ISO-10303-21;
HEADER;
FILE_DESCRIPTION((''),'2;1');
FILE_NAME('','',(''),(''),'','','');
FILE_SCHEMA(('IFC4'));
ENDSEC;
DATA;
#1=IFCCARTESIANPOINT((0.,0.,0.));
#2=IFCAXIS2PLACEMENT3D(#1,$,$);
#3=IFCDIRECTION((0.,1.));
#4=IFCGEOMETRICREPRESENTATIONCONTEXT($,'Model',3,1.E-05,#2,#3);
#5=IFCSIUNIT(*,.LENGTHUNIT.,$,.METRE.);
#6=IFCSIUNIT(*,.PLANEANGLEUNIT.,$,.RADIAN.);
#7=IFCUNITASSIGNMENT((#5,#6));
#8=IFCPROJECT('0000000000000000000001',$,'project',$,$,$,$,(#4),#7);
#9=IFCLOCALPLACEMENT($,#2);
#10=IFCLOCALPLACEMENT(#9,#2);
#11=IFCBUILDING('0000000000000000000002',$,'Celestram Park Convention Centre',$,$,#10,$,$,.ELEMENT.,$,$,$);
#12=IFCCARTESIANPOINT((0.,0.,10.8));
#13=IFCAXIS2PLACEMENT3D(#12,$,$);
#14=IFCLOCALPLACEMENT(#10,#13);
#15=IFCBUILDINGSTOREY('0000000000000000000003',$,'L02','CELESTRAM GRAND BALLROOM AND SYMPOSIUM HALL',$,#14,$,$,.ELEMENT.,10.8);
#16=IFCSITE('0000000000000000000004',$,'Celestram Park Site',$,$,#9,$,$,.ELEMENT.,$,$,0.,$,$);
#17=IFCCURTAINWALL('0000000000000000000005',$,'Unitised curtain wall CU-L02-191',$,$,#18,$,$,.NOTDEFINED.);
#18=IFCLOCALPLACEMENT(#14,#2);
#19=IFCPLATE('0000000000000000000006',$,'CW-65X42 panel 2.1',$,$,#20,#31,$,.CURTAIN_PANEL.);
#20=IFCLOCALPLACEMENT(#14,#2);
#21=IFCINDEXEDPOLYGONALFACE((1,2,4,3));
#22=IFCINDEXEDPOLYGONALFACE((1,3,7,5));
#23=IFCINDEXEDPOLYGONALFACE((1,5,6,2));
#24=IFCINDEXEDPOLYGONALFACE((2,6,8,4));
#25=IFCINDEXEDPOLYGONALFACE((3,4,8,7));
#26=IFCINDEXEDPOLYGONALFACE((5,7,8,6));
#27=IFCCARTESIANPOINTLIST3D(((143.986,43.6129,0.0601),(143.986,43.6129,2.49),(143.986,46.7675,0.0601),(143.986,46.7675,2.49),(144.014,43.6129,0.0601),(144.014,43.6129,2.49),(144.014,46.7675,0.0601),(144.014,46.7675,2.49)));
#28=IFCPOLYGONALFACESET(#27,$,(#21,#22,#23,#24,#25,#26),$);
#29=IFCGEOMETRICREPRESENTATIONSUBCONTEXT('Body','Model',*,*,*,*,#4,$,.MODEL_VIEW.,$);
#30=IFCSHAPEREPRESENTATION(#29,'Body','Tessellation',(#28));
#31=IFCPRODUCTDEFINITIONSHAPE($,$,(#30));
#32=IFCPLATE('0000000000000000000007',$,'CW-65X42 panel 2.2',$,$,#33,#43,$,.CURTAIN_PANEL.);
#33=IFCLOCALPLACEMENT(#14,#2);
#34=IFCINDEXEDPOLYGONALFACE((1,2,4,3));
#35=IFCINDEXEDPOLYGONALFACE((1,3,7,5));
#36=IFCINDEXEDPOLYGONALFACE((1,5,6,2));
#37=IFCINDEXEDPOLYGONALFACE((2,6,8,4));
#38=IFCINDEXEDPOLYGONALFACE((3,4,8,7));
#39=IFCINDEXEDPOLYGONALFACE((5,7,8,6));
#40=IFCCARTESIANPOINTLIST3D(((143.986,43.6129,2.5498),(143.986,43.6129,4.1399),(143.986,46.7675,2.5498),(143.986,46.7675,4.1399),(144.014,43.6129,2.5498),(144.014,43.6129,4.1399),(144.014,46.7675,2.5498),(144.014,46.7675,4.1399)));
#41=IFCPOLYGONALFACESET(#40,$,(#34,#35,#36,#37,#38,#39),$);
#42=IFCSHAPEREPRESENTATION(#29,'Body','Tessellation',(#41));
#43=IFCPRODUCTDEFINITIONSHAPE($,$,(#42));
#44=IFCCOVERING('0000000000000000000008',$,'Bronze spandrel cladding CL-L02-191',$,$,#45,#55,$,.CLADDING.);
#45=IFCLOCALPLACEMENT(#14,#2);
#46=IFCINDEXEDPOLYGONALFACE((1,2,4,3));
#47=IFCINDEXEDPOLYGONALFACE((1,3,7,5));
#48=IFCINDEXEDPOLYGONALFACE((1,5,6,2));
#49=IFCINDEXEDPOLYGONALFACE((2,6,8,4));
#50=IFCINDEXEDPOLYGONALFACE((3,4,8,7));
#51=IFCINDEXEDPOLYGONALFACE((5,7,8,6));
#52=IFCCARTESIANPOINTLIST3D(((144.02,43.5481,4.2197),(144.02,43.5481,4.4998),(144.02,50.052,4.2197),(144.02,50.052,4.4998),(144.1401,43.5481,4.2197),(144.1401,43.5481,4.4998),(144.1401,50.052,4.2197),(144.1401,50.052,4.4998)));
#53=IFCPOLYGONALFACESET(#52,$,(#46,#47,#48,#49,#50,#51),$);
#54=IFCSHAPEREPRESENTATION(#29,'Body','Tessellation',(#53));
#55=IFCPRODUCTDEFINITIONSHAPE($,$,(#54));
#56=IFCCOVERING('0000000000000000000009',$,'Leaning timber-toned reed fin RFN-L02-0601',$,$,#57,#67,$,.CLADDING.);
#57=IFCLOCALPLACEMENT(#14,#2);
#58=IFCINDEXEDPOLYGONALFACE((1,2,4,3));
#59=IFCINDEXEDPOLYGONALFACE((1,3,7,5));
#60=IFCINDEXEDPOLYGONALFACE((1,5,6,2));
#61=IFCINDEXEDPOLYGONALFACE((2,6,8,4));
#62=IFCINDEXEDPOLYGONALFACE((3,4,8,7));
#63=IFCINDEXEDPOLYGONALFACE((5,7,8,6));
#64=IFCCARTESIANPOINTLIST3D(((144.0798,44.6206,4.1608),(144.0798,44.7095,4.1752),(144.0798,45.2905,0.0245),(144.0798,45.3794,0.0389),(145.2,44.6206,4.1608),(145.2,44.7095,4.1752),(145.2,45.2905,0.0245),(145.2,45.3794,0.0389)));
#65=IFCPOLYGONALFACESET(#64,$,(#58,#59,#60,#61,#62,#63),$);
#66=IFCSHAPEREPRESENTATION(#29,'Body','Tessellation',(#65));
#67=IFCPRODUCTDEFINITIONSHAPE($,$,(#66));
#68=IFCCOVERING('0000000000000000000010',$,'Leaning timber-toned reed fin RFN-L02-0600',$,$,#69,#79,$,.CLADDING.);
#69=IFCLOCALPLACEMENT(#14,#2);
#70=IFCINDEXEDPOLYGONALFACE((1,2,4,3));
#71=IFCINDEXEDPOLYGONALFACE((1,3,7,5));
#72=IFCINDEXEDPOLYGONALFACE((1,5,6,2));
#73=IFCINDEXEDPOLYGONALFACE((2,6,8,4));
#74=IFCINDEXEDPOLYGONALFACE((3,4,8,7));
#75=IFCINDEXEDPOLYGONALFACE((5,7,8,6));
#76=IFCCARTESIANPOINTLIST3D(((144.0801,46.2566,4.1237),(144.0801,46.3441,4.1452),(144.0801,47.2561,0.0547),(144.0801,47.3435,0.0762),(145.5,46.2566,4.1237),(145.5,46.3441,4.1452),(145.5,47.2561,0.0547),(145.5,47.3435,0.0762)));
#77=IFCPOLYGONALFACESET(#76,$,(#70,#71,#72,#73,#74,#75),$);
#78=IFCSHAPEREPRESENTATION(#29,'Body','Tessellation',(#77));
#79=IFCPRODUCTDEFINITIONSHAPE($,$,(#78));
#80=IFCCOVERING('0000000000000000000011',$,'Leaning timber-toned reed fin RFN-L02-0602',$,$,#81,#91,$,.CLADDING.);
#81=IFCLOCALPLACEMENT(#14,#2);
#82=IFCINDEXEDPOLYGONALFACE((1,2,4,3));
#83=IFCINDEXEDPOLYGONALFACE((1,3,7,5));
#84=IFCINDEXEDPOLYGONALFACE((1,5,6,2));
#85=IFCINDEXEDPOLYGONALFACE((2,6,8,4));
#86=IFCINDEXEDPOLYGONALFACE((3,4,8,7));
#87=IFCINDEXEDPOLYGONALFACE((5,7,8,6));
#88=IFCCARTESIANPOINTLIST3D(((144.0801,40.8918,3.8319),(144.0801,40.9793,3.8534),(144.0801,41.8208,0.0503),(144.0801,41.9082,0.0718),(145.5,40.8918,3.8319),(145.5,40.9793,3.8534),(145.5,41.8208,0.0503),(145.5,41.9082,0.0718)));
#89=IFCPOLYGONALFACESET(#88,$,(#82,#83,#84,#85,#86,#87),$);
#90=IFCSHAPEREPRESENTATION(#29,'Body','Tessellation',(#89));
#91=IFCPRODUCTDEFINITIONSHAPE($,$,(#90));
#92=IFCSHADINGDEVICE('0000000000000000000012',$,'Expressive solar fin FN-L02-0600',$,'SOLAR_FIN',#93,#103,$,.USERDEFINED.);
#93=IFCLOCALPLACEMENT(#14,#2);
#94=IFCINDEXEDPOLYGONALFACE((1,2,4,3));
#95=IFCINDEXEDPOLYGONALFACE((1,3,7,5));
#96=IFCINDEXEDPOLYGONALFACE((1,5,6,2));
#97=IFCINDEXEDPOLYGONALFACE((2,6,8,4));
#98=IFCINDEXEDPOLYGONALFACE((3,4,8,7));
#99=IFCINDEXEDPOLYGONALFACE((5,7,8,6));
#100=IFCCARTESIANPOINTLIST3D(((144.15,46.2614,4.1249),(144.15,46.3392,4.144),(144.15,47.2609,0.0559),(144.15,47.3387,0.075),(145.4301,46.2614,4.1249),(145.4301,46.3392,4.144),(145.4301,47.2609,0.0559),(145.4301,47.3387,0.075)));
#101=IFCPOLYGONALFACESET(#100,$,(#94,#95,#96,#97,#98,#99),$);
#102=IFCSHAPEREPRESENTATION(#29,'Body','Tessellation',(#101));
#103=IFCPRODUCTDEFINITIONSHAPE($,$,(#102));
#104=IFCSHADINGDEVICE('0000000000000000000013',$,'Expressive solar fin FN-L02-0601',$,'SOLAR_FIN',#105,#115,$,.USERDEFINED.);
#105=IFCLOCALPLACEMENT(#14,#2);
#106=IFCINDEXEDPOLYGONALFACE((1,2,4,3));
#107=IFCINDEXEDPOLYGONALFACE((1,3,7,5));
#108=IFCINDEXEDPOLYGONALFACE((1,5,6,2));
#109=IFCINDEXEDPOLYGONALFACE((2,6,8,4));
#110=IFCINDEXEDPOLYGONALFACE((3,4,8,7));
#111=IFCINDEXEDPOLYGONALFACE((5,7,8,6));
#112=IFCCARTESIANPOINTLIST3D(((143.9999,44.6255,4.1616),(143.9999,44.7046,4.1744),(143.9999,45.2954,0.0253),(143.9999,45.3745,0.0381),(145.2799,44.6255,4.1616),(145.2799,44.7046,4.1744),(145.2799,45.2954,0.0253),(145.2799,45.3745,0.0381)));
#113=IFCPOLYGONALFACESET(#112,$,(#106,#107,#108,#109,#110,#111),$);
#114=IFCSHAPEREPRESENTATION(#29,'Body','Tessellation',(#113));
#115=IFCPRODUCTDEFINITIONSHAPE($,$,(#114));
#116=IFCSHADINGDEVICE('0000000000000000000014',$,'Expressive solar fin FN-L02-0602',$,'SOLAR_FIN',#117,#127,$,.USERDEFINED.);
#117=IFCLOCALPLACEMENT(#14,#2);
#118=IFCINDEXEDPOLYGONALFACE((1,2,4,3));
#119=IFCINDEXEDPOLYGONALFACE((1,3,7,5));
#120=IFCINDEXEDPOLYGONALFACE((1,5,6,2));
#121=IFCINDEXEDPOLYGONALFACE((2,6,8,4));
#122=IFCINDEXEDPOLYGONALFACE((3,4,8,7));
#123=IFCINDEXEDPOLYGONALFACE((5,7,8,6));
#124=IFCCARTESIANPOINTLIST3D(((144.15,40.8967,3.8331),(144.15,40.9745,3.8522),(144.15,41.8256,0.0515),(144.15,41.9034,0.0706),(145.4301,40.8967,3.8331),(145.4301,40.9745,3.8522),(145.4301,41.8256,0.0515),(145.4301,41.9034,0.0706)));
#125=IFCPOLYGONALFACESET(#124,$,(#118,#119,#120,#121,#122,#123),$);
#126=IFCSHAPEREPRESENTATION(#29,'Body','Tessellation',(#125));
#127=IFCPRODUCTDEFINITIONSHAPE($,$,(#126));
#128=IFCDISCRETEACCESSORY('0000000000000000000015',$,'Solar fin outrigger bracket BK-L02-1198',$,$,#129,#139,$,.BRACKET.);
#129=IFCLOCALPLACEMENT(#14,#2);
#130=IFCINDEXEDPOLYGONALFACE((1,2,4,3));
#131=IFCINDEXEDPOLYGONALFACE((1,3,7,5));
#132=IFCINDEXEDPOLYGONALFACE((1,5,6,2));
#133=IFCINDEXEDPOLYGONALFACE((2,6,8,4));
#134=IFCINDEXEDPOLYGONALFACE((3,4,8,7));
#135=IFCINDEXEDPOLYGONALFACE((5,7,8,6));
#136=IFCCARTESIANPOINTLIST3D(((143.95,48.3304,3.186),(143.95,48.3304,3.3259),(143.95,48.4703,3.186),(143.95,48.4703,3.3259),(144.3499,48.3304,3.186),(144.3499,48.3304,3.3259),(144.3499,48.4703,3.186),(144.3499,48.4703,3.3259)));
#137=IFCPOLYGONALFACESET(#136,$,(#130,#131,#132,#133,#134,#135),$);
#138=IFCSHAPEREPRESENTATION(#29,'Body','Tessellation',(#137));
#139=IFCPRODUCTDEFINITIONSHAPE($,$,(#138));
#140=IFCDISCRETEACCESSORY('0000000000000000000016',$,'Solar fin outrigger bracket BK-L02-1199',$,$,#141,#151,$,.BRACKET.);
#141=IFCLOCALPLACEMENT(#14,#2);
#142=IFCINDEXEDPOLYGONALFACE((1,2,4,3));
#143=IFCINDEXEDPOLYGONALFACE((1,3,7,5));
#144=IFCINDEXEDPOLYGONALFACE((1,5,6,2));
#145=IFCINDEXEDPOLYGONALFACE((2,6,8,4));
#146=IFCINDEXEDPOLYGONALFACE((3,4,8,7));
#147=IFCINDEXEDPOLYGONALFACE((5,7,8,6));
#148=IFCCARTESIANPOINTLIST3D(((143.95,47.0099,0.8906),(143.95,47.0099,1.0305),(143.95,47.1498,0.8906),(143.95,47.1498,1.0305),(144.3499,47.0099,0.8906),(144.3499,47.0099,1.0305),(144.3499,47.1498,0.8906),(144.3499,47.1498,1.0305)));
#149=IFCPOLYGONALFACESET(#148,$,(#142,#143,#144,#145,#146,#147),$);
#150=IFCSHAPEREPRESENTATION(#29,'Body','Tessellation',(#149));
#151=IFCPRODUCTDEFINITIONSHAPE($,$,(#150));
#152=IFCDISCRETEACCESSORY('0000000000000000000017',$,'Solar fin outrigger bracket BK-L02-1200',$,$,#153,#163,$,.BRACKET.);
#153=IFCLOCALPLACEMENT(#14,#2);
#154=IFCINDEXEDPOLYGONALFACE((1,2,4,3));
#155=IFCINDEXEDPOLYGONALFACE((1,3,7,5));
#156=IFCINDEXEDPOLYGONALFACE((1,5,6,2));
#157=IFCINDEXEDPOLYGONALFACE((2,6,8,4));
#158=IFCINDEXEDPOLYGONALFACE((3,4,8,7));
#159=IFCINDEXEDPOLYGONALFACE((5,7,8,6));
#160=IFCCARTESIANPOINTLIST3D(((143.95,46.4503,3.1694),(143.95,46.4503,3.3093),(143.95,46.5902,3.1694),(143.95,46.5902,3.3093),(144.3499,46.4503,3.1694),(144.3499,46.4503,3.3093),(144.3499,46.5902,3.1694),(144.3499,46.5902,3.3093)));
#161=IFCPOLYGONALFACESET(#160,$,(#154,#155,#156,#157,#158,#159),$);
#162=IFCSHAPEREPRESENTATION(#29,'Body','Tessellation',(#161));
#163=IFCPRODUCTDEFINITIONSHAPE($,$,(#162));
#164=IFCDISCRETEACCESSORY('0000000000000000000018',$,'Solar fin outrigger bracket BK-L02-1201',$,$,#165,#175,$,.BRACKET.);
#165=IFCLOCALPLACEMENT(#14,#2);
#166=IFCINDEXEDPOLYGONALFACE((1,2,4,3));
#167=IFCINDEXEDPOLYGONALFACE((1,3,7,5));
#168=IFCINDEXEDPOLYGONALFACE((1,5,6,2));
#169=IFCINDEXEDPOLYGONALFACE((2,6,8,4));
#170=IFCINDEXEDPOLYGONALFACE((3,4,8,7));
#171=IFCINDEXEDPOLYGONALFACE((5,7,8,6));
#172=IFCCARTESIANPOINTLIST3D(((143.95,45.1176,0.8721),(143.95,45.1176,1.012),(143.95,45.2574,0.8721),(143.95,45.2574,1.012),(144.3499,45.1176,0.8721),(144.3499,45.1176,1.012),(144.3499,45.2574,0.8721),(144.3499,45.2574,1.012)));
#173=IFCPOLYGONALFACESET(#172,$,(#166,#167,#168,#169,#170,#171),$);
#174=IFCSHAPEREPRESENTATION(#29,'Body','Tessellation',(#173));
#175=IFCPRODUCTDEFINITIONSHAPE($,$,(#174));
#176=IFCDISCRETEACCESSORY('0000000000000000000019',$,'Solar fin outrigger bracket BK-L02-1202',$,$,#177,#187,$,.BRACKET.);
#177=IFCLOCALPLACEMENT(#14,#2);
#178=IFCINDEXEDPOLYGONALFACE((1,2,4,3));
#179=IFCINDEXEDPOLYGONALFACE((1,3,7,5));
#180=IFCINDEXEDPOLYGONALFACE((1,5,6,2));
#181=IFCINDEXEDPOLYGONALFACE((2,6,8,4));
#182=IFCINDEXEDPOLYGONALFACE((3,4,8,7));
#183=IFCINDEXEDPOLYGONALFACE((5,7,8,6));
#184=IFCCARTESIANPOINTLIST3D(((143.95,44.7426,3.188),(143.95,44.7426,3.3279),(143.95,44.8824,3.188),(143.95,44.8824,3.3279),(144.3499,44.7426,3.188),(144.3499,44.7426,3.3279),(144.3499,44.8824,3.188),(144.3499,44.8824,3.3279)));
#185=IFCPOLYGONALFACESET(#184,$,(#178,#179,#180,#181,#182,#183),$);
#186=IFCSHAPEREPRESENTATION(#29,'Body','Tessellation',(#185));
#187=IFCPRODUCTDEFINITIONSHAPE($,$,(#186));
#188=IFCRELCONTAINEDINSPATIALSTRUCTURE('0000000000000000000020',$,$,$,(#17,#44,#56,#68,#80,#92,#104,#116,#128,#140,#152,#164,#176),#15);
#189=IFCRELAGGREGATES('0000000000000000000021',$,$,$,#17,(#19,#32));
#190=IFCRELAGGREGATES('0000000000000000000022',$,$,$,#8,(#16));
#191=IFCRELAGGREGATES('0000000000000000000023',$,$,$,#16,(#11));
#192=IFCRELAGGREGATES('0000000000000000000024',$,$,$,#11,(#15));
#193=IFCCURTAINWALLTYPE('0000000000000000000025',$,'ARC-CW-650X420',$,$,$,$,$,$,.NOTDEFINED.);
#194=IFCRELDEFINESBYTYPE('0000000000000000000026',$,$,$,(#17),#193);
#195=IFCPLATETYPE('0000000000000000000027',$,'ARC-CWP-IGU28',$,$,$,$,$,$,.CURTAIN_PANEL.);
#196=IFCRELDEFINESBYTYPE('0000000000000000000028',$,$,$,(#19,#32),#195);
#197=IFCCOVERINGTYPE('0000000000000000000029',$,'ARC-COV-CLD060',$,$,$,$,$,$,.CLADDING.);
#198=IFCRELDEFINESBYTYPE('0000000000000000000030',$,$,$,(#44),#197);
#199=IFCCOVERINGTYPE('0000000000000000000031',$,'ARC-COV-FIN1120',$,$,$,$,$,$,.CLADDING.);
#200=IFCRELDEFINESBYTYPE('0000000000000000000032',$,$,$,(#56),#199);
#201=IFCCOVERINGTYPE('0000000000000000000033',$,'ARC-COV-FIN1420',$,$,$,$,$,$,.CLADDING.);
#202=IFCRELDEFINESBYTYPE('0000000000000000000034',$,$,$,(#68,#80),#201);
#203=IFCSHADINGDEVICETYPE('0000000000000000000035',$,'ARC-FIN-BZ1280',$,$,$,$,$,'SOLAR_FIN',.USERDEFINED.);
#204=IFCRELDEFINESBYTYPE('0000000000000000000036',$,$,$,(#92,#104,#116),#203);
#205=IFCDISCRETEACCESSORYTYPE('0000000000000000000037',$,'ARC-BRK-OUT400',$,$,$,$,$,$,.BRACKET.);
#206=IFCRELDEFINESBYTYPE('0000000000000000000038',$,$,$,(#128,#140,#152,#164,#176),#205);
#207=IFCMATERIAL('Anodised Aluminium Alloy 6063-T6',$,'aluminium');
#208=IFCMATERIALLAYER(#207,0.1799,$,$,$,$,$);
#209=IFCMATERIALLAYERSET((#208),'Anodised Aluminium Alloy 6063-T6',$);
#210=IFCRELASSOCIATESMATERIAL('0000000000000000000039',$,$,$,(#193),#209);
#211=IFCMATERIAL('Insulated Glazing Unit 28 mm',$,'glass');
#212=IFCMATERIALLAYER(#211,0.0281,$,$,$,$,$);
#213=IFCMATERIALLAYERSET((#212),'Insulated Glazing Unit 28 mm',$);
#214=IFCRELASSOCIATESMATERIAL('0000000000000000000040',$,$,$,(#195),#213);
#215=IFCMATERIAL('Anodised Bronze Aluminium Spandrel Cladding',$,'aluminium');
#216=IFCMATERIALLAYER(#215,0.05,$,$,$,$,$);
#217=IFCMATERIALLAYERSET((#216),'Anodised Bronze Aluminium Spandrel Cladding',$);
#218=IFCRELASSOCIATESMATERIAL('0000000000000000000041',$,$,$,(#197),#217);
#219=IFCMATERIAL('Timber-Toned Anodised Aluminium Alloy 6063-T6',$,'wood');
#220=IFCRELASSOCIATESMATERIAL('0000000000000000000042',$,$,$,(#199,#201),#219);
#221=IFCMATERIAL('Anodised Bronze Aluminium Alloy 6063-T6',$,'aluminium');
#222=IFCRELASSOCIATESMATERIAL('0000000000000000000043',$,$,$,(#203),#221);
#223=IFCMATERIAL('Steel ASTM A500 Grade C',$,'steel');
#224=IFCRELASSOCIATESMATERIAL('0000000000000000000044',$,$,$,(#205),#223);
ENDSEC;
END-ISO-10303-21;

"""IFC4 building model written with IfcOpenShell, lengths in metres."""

from ifc_helpers import new_model, si_unit, direction, frame, origin, origin_2d, place, context, subcontext, project, spatial, rectangle, extrude, material, layer, layer_set, material_profile, profile_set, type_object, element, aggregate, save


model = new_model("IFC4")

# Units and contexts
model_context = context("Model", 3, precision=1e-05, world=origin(), true_north=direction((0.0, 1.0)))
body_context = subcontext(model_context, "Body", "Model", "MODEL_VIEW")
ifc_project = project(units=[si_unit("LENGTHUNIT", "METRE"), si_unit("PLANEANGLEUNIT", "RADIAN")], contexts=[model_context])

# Site, building, storey
site_placement = place(None, origin())
site = spatial("IfcSite", under=ifc_project, at=site_placement, Name="Celestram Park Site", CompositionType="ELEMENT", RefElevation=0.0)
building_placement = place(site_placement, origin())
building = spatial("IfcBuilding", under=site, at=building_placement, Name="Celestram Park Convention Centre", CompositionType="ELEMENT")
storey_placement = place(building_placement, frame((0.0, 0.0, 10.8)))
storey = spatial("IfcBuildingStorey", under=building, at=storey_placement, Name="L02", Description="CELESTRAM GRAND BALLROOM AND SYMPOSIUM HALL", CompositionType="ELEMENT", Elevation=10.8)

# Curtain wall
ifc_material_1 = material(Name="Anodised Aluminium Alloy 6063-T6", Category="aluminium")
ifc_layer_1 = layer(ifc_material_1, 0.1799)
ifc_layer_set_1 = layer_set([ifc_layer_1], Name="Anodised Aluminium Alloy 6063-T6")
curtain_wall_type_1 = type_object("IfcCurtainWallType", Name="ARC-CW-650X420", PredefinedType="NOTDEFINED", material=ifc_layer_set_1)
curtain_wall_1_placement = place(storey_placement, origin())
curtain_wall_1 = element("IfcCurtainWall", 1, at=curtain_wall_1_placement, inside=storey, type_object=curtain_wall_type_1, Name="Unitised curtain wall CU-L02-191", PredefinedType="NOTDEFINED")

# Shared definitions
ifc_material_2 = material(Name="Steel ASTM A500 Grade C", Category="steel")

# Plates
ifc_material_3 = material(Name="Insulated Glazing Unit 28 mm", Category="glass")
ifc_layer_2 = layer(ifc_material_3, 0.0281)
ifc_layer_set_2 = layer_set([ifc_layer_2], Name="Insulated Glazing Unit 28 mm")
plate_type = type_object("IfcPlateType", Name="ARC-CWP-IGU28", PredefinedType="CURTAIN_PANEL", material=ifc_layer_set_2)
plate_1_placement = place(storey_placement, frame((144.0, 45.1902, 0.0601), z_axis=(0.0, 0.0, 1.0), x_axis=(0.0, -1.0, 0.0)))
plate_1 = element("IfcPlate", 2, at=plate_1_placement, type_object=plate_type, Name="CW-65X42 panel 2.1", PredefinedType="CURTAIN_PANEL", context=body_context, shape_type="SweptSolid", body=[
    extrude(rectangle(XDim=3.1545, YDim=0.0281, at=origin_2d()), origin(), (0.0, 0.0, 1.0), 2.4299),
])
plate_2_placement = place(storey_placement, frame((144.0, 45.1902, 2.5498), z_axis=(0.0, 0.0, 1.0), x_axis=(0.0, -1.0, 0.0)))
plate_2 = element("IfcPlate", 3, at=plate_2_placement, type_object=plate_type, Name="CW-65X42 panel 2.2", PredefinedType="CURTAIN_PANEL", context=body_context, shape_type="SweptSolid", body=[
    extrude(rectangle(XDim=3.1545, YDim=0.0281, at=origin_2d()), origin(), (0.0, 0.0, 1.0), 1.5901),
])
aggregate(curtain_wall_1, [plate_1, plate_2])

# Coverings
ifc_material_4 = material(Name="Anodised Bronze Aluminium Spandrel Cladding", Category="aluminium")
ifc_layer_3 = layer(ifc_material_4, 0.05)
ifc_layer_set_3 = layer_set([ifc_layer_3], Name="Anodised Bronze Aluminium Spandrel Cladding")
covering_type_1 = type_object("IfcCoveringType", Name="ARC-COV-CLD060", PredefinedType="CLADDING", material=ifc_layer_set_3)
covering_1_placement = place(storey_placement, frame((144.0801, 46.8, 4.2197), z_axis=(0.0, 0.0, 1.0), x_axis=(0.0, -1.0, 0.0)))
element("IfcCovering", 4, at=covering_1_placement, inside=storey, type_object=covering_type_1, Name="Bronze spandrel cladding CL-L02-191", PredefinedType="CLADDING", context=body_context, shape_type="SweptSolid", body=[
    extrude(rectangle(XDim=6.5039, YDim=0.1201, at=origin_2d()), origin(), (0.0, 0.0, 1.0), 0.28),
])
ifc_material_5 = material(Name="Timber-Toned Anodised Aluminium Alloy 6063-T6", Category="wood")
ifc_material_profile_1 = material_profile(ifc_material_5, rectangle(XDim=1.1201, YDim=0.0901, at=origin_2d()), Name="REED1120X90")
ifc_profile_set_1 = profile_set([ifc_material_profile_1], Name="Timber-Toned Anodised Aluminium Alloy 6063-T6")
covering_type_2 = type_object("IfcCoveringType", Name="ARC-COV-FIN1120", PredefinedType="CLADDING", material=ifc_profile_set_1)
covering_2_placement = place(storey_placement, frame((144.6399, 45.335, 0.0317), z_axis=(0.0, -0.159881, 0.987136), x_axis=(1.0, 0.0, 0.0)))
element("IfcCovering", 5, at=covering_2_placement, inside=storey, type_object=covering_type_2, Name="Leaning timber-toned reed fin RFN-L02-0601", PredefinedType="CLADDING", context=body_context, shape_type="SweptSolid", body=[
    extrude(rectangle(XDim=1.1201, YDim=0.0901, at=origin_2d()), origin(), (0.0, 0.0, 1.0), 4.1902),
])
ifc_material_profile_2 = material_profile(ifc_material_5, rectangle(XDim=1.4199, YDim=0.0901, at=origin_2d()), Name="REED1420X90")
ifc_profile_set_2 = profile_set([ifc_material_profile_2], Name="Timber-Toned Anodised Aluminium Alloy 6063-T6")
covering_type_3 = type_object("IfcCoveringType", Name="ARC-COV-FIN1420", PredefinedType="CLADDING", material=ifc_profile_set_2)
covering_3_placement = place(storey_placement, frame((144.79, 47.2998, 0.0654), z_axis=(0.0, -0.238544, 0.971132), x_axis=(1.0, 0.0, 0.0)))
element("IfcCovering", 6, at=covering_3_placement, inside=storey, type_object=covering_type_3, Name="Leaning timber-toned reed fin RFN-L02-0600", PredefinedType="CLADDING", context=body_context, shape_type="SweptSolid", body=[
    extrude(rectangle(XDim=1.4199, YDim=0.0901, at=origin_2d()), origin(), (0.0, 0.0, 1.0), 4.1899),
])
covering_4_placement = place(storey_placement, frame((144.79, 41.8645, 0.061), z_axis=(0.0, -0.238551, 0.97113), x_axis=(1.0, 0.0, 0.0)))
element("IfcCovering", 7, at=covering_4_placement, inside=storey, type_object=covering_type_3, Name="Leaning timber-toned reed fin RFN-L02-0602", PredefinedType="CLADDING", context=body_context, shape_type="SweptSolid", body=[
    extrude(rectangle(XDim=1.4199, YDim=0.0901, at=origin_2d()), origin(), (0.0, 0.0, 1.0), 3.894),
])

# Shading devices
ifc_material_6 = material(Name="Anodised Bronze Aluminium Alloy 6063-T6", Category="aluminium")
ifc_material_profile_3 = material_profile(ifc_material_6, rectangle(XDim=1.28, YDim=0.0801, at=origin_2d()), Name="FIN1280X80")
ifc_profile_set_3 = profile_set([ifc_material_profile_3], Name="Anodised Bronze Aluminium Alloy 6063-T6")
shading_device_type = type_object("IfcShadingDeviceType", Name="ARC-FIN-BZ1280", ElementType="SOLAR_FIN", PredefinedType="USERDEFINED", material=ifc_profile_set_3)
shading_device_1_placement = place(storey_placement, frame((144.79, 47.2998, 0.0654), z_axis=(0.0, -0.238544, 0.971132), x_axis=(1.0, 0.0, 0.0)))
element("IfcShadingDevice", 8, at=shading_device_1_placement, inside=storey, type_object=shading_device_type, Name="Expressive solar fin FN-L02-0600", ObjectType="SOLAR_FIN", PredefinedType="USERDEFINED", context=body_context, shape_type="SweptSolid", body=[
    extrude(rectangle(XDim=1.28, YDim=0.0801, at=origin_2d()), origin(), (0.0, 0.0, 1.0), 4.1899),
])
shading_device_2_placement = place(storey_placement, frame((144.6399, 45.335, 0.0317), z_axis=(0.0, -0.159881, 0.987136), x_axis=(1.0, 0.0, 0.0)))
element("IfcShadingDevice", 9, at=shading_device_2_placement, inside=storey, type_object=shading_device_type, Name="Expressive solar fin FN-L02-0601", ObjectType="SOLAR_FIN", PredefinedType="USERDEFINED", context=body_context, shape_type="SweptSolid", body=[
    extrude(rectangle(XDim=1.28, YDim=0.0801, at=origin_2d()), origin(), (0.0, 0.0, 1.0), 4.1902),
])
shading_device_3_placement = place(storey_placement, frame((144.79, 41.8645, 0.061), z_axis=(0.0, -0.238551, 0.97113), x_axis=(1.0, 0.0, 0.0)))
element("IfcShadingDevice", 10, at=shading_device_3_placement, inside=storey, type_object=shading_device_type, Name="Expressive solar fin FN-L02-0602", ObjectType="SOLAR_FIN", PredefinedType="USERDEFINED", context=body_context, shape_type="SweptSolid", body=[
    extrude(rectangle(XDim=1.28, YDim=0.0801, at=origin_2d()), origin(), (0.0, 0.0, 1.0), 3.894),
])

# Discrete accessories
discrete_accessory_type = type_object("IfcDiscreteAccessoryType", Name="ARC-BRK-OUT400", PredefinedType="BRACKET", material=ifc_material_2)
for number, where, z_axis, x_axis, name in (
    (11, (144.1499, 48.4004, 3.186), (0.0, 0.0, 1.0), (1.0, 0.0, 0.0), "Solar fin outrigger bracket BK-L02-1198"),
    (12, (144.1499, 47.0798, 0.8906), (0.0, 0.0, 1.0), (1.0, 0.0, 0.0), "Solar fin outrigger bracket BK-L02-1199"),
    (13, (144.1499, 46.5203, 3.1694), (0.0, 0.0, 1.0), (1.0, 0.0, 0.0), "Solar fin outrigger bracket BK-L02-1200"),
    (14, (144.1499, 45.1875, 0.8721), (0.0, 0.0, 1.0), (1.0, 0.0, 0.0), "Solar fin outrigger bracket BK-L02-1201"),
    (15, (144.1499, 44.8125, 3.188), (0.0, 0.0, 1.0), (1.0, 0.0, 0.0), "Solar fin outrigger bracket BK-L02-1202"),
):
    element("IfcDiscreteAccessory", number, at=place(storey_placement, frame(where, z_axis=z_axis, x_axis=x_axis)), inside=storey, type_object=discrete_accessory_type, Name=name, PredefinedType="BRACKET", context=body_context, shape_type="SweptSolid", body=[
        extrude(rectangle(XDim=0.3999, YDim=0.1399, at=origin_2d()), origin(), (0.0, 0.0, 1.0), 0.1399),
    ])

save(model, "model.ifc")
